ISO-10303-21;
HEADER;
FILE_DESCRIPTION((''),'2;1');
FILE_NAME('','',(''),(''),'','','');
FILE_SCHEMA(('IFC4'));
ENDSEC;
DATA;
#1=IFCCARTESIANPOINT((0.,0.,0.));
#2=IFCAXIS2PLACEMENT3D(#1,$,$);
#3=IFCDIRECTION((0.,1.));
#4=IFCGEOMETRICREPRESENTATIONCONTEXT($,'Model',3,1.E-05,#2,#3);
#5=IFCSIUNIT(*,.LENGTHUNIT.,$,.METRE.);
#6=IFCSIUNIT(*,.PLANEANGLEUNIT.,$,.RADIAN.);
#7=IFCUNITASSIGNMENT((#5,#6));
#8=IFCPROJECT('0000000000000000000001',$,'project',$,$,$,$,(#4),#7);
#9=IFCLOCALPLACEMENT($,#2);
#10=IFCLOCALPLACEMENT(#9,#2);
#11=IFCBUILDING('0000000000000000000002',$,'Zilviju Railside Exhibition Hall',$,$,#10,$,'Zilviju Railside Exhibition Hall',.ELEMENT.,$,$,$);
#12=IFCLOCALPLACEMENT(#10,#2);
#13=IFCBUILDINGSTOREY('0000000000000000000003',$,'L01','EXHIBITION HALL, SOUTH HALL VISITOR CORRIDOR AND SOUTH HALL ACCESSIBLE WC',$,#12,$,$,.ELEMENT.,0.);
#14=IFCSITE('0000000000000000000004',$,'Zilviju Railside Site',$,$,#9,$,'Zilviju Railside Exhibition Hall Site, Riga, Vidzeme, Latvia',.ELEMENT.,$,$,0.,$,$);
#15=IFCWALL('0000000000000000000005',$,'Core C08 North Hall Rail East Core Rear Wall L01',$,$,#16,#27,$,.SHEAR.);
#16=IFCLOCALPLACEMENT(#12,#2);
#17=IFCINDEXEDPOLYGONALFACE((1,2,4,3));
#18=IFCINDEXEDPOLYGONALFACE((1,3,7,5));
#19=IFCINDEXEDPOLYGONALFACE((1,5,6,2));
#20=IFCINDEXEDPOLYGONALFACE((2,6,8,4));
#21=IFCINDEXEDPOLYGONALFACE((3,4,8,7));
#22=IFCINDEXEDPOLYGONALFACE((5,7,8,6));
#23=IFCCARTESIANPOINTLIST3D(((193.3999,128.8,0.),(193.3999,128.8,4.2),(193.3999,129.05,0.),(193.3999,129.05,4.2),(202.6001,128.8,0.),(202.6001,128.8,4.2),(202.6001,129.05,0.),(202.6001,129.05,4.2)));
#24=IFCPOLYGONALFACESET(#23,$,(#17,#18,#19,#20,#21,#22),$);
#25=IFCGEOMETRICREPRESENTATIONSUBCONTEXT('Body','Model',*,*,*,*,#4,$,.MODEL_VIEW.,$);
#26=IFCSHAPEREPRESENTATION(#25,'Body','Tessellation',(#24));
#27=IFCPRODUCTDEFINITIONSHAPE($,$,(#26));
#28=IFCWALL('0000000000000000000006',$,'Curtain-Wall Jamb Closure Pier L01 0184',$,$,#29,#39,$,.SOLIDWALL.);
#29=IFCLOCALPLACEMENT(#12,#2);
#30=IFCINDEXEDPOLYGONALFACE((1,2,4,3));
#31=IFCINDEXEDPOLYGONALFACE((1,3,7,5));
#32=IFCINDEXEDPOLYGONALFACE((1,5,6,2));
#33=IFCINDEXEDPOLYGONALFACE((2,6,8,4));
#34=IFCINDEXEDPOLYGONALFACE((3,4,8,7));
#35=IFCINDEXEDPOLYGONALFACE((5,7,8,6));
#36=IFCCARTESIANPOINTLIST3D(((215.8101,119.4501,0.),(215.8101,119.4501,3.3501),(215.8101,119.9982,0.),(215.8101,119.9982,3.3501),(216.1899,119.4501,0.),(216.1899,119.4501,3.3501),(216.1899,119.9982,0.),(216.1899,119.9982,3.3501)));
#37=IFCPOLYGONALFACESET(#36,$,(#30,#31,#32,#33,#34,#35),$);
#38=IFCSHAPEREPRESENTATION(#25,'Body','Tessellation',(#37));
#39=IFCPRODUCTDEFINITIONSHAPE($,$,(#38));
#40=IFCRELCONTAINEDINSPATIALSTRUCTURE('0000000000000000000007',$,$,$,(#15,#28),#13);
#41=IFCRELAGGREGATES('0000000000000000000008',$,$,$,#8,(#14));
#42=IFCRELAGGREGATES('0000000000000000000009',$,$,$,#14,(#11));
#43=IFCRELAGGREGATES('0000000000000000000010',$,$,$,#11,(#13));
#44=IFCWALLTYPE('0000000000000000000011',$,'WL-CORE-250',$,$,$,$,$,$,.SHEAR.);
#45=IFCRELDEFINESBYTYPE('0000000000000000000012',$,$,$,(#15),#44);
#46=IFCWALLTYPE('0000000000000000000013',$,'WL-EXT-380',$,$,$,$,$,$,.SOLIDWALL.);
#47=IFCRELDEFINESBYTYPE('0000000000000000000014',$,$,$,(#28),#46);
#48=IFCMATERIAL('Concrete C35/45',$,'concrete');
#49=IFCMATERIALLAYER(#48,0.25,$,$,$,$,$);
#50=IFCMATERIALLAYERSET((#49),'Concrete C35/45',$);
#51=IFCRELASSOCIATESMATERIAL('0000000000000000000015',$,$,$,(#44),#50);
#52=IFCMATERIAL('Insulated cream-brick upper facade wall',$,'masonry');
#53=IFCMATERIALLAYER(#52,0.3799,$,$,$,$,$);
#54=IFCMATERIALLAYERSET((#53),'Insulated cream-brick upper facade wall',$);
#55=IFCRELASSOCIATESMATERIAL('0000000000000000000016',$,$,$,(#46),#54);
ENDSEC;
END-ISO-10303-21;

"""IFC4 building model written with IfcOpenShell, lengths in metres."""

from ifc_helpers import new_model, si_unit, direction, frame, frame_2d, origin, place, context, subcontext, project, spatial, rectangle, extrude, material, layer, layer_set, type_object, element, save


model = new_model("IFC4")

# Units and contexts
model_context = context("Model", 3, precision=1e-05, world=origin(), true_north=direction((0.0, 1.0)))
body_context = subcontext(model_context, "Body", "Model", "MODEL_VIEW")
ifc_project = project(units=[si_unit("LENGTHUNIT", "METRE"), si_unit("PLANEANGLEUNIT", "RADIAN")], contexts=[model_context])

# Site, building, storey
site_placement = place(None, origin())
site = spatial("IfcSite", under=ifc_project, at=site_placement, Name="Zilviju Railside Site", LongName="Zilviju Railside Exhibition Hall Site, Riga, Vidzeme, Latvia", CompositionType="ELEMENT", RefElevation=0.0)
building_placement = place(site_placement, origin())
building = spatial("IfcBuilding", under=site, at=building_placement, Name="Zilviju Railside Exhibition Hall", LongName="Zilviju Railside Exhibition Hall", CompositionType="ELEMENT")
storey_placement = place(building_placement, origin())
storey = spatial("IfcBuildingStorey", under=building, at=storey_placement, Name="L01", Description="EXHIBITION HALL, SOUTH HALL VISITOR CORRIDOR AND SOUTH HALL ACCESSIBLE WC", CompositionType="ELEMENT", Elevation=0.0)

# Shared definitions
ifc_material_1 = material(Name="Concrete C35/45", Category="concrete")

# Walls
ifc_layer_1 = layer(ifc_material_1, 0.25)
ifc_layer_set_1 = layer_set([ifc_layer_1], Name="Concrete C35/45")
wall_type_1 = type_object("IfcWallType", Name="WL-CORE-250", PredefinedType="SHEAR", material=ifc_layer_set_1)
wall_1_placement = place(storey_placement, frame((202.6001, 128.925, 0.0), z_axis=(0.0, 0.0, 1.0), x_axis=(-1.0, 0.0, 0.0)))
element("IfcWall", 1, at=wall_1_placement, inside=storey, type_object=wall_type_1, Name="Core C08 North Hall Rail East Core Rear Wall L01", PredefinedType="SHEAR", context=body_context, shape_type="SweptSolid", body=[
    extrude(rectangle(XDim=9.2002, YDim=0.25, at=frame_2d((4.6001, 0.0))), origin(), (0.0, 0.0, 1.0), 4.2),
])
ifc_material_2 = material(Name="Insulated cream-brick upper facade wall", Category="masonry")
ifc_layer_2 = layer(ifc_material_2, 0.3799)
ifc_layer_set_2 = layer_set([ifc_layer_2], Name="Insulated cream-brick upper facade wall")
wall_type_2 = type_object("IfcWallType", Name="WL-EXT-380", PredefinedType="SOLIDWALL", material=ifc_layer_set_2)
wall_2_placement = place(storey_placement, frame((216.0, 119.998, 0.0), z_axis=(0.0, 0.0, 1.0), x_axis=(0.0, -1.0, 0.0)))
element("IfcWall", 2, at=wall_2_placement, inside=storey, type_object=wall_type_2, Name="Curtain-Wall Jamb Closure Pier L01 0184", PredefinedType="SOLIDWALL", context=body_context, shape_type="SweptSolid", body=[
    extrude(rectangle(XDim=0.5481, YDim=0.3799, at=frame_2d((0.2739, 0.0))), origin(), (0.0, 0.0, 1.0), 3.3501),
])

save(model, "model.ifc")
